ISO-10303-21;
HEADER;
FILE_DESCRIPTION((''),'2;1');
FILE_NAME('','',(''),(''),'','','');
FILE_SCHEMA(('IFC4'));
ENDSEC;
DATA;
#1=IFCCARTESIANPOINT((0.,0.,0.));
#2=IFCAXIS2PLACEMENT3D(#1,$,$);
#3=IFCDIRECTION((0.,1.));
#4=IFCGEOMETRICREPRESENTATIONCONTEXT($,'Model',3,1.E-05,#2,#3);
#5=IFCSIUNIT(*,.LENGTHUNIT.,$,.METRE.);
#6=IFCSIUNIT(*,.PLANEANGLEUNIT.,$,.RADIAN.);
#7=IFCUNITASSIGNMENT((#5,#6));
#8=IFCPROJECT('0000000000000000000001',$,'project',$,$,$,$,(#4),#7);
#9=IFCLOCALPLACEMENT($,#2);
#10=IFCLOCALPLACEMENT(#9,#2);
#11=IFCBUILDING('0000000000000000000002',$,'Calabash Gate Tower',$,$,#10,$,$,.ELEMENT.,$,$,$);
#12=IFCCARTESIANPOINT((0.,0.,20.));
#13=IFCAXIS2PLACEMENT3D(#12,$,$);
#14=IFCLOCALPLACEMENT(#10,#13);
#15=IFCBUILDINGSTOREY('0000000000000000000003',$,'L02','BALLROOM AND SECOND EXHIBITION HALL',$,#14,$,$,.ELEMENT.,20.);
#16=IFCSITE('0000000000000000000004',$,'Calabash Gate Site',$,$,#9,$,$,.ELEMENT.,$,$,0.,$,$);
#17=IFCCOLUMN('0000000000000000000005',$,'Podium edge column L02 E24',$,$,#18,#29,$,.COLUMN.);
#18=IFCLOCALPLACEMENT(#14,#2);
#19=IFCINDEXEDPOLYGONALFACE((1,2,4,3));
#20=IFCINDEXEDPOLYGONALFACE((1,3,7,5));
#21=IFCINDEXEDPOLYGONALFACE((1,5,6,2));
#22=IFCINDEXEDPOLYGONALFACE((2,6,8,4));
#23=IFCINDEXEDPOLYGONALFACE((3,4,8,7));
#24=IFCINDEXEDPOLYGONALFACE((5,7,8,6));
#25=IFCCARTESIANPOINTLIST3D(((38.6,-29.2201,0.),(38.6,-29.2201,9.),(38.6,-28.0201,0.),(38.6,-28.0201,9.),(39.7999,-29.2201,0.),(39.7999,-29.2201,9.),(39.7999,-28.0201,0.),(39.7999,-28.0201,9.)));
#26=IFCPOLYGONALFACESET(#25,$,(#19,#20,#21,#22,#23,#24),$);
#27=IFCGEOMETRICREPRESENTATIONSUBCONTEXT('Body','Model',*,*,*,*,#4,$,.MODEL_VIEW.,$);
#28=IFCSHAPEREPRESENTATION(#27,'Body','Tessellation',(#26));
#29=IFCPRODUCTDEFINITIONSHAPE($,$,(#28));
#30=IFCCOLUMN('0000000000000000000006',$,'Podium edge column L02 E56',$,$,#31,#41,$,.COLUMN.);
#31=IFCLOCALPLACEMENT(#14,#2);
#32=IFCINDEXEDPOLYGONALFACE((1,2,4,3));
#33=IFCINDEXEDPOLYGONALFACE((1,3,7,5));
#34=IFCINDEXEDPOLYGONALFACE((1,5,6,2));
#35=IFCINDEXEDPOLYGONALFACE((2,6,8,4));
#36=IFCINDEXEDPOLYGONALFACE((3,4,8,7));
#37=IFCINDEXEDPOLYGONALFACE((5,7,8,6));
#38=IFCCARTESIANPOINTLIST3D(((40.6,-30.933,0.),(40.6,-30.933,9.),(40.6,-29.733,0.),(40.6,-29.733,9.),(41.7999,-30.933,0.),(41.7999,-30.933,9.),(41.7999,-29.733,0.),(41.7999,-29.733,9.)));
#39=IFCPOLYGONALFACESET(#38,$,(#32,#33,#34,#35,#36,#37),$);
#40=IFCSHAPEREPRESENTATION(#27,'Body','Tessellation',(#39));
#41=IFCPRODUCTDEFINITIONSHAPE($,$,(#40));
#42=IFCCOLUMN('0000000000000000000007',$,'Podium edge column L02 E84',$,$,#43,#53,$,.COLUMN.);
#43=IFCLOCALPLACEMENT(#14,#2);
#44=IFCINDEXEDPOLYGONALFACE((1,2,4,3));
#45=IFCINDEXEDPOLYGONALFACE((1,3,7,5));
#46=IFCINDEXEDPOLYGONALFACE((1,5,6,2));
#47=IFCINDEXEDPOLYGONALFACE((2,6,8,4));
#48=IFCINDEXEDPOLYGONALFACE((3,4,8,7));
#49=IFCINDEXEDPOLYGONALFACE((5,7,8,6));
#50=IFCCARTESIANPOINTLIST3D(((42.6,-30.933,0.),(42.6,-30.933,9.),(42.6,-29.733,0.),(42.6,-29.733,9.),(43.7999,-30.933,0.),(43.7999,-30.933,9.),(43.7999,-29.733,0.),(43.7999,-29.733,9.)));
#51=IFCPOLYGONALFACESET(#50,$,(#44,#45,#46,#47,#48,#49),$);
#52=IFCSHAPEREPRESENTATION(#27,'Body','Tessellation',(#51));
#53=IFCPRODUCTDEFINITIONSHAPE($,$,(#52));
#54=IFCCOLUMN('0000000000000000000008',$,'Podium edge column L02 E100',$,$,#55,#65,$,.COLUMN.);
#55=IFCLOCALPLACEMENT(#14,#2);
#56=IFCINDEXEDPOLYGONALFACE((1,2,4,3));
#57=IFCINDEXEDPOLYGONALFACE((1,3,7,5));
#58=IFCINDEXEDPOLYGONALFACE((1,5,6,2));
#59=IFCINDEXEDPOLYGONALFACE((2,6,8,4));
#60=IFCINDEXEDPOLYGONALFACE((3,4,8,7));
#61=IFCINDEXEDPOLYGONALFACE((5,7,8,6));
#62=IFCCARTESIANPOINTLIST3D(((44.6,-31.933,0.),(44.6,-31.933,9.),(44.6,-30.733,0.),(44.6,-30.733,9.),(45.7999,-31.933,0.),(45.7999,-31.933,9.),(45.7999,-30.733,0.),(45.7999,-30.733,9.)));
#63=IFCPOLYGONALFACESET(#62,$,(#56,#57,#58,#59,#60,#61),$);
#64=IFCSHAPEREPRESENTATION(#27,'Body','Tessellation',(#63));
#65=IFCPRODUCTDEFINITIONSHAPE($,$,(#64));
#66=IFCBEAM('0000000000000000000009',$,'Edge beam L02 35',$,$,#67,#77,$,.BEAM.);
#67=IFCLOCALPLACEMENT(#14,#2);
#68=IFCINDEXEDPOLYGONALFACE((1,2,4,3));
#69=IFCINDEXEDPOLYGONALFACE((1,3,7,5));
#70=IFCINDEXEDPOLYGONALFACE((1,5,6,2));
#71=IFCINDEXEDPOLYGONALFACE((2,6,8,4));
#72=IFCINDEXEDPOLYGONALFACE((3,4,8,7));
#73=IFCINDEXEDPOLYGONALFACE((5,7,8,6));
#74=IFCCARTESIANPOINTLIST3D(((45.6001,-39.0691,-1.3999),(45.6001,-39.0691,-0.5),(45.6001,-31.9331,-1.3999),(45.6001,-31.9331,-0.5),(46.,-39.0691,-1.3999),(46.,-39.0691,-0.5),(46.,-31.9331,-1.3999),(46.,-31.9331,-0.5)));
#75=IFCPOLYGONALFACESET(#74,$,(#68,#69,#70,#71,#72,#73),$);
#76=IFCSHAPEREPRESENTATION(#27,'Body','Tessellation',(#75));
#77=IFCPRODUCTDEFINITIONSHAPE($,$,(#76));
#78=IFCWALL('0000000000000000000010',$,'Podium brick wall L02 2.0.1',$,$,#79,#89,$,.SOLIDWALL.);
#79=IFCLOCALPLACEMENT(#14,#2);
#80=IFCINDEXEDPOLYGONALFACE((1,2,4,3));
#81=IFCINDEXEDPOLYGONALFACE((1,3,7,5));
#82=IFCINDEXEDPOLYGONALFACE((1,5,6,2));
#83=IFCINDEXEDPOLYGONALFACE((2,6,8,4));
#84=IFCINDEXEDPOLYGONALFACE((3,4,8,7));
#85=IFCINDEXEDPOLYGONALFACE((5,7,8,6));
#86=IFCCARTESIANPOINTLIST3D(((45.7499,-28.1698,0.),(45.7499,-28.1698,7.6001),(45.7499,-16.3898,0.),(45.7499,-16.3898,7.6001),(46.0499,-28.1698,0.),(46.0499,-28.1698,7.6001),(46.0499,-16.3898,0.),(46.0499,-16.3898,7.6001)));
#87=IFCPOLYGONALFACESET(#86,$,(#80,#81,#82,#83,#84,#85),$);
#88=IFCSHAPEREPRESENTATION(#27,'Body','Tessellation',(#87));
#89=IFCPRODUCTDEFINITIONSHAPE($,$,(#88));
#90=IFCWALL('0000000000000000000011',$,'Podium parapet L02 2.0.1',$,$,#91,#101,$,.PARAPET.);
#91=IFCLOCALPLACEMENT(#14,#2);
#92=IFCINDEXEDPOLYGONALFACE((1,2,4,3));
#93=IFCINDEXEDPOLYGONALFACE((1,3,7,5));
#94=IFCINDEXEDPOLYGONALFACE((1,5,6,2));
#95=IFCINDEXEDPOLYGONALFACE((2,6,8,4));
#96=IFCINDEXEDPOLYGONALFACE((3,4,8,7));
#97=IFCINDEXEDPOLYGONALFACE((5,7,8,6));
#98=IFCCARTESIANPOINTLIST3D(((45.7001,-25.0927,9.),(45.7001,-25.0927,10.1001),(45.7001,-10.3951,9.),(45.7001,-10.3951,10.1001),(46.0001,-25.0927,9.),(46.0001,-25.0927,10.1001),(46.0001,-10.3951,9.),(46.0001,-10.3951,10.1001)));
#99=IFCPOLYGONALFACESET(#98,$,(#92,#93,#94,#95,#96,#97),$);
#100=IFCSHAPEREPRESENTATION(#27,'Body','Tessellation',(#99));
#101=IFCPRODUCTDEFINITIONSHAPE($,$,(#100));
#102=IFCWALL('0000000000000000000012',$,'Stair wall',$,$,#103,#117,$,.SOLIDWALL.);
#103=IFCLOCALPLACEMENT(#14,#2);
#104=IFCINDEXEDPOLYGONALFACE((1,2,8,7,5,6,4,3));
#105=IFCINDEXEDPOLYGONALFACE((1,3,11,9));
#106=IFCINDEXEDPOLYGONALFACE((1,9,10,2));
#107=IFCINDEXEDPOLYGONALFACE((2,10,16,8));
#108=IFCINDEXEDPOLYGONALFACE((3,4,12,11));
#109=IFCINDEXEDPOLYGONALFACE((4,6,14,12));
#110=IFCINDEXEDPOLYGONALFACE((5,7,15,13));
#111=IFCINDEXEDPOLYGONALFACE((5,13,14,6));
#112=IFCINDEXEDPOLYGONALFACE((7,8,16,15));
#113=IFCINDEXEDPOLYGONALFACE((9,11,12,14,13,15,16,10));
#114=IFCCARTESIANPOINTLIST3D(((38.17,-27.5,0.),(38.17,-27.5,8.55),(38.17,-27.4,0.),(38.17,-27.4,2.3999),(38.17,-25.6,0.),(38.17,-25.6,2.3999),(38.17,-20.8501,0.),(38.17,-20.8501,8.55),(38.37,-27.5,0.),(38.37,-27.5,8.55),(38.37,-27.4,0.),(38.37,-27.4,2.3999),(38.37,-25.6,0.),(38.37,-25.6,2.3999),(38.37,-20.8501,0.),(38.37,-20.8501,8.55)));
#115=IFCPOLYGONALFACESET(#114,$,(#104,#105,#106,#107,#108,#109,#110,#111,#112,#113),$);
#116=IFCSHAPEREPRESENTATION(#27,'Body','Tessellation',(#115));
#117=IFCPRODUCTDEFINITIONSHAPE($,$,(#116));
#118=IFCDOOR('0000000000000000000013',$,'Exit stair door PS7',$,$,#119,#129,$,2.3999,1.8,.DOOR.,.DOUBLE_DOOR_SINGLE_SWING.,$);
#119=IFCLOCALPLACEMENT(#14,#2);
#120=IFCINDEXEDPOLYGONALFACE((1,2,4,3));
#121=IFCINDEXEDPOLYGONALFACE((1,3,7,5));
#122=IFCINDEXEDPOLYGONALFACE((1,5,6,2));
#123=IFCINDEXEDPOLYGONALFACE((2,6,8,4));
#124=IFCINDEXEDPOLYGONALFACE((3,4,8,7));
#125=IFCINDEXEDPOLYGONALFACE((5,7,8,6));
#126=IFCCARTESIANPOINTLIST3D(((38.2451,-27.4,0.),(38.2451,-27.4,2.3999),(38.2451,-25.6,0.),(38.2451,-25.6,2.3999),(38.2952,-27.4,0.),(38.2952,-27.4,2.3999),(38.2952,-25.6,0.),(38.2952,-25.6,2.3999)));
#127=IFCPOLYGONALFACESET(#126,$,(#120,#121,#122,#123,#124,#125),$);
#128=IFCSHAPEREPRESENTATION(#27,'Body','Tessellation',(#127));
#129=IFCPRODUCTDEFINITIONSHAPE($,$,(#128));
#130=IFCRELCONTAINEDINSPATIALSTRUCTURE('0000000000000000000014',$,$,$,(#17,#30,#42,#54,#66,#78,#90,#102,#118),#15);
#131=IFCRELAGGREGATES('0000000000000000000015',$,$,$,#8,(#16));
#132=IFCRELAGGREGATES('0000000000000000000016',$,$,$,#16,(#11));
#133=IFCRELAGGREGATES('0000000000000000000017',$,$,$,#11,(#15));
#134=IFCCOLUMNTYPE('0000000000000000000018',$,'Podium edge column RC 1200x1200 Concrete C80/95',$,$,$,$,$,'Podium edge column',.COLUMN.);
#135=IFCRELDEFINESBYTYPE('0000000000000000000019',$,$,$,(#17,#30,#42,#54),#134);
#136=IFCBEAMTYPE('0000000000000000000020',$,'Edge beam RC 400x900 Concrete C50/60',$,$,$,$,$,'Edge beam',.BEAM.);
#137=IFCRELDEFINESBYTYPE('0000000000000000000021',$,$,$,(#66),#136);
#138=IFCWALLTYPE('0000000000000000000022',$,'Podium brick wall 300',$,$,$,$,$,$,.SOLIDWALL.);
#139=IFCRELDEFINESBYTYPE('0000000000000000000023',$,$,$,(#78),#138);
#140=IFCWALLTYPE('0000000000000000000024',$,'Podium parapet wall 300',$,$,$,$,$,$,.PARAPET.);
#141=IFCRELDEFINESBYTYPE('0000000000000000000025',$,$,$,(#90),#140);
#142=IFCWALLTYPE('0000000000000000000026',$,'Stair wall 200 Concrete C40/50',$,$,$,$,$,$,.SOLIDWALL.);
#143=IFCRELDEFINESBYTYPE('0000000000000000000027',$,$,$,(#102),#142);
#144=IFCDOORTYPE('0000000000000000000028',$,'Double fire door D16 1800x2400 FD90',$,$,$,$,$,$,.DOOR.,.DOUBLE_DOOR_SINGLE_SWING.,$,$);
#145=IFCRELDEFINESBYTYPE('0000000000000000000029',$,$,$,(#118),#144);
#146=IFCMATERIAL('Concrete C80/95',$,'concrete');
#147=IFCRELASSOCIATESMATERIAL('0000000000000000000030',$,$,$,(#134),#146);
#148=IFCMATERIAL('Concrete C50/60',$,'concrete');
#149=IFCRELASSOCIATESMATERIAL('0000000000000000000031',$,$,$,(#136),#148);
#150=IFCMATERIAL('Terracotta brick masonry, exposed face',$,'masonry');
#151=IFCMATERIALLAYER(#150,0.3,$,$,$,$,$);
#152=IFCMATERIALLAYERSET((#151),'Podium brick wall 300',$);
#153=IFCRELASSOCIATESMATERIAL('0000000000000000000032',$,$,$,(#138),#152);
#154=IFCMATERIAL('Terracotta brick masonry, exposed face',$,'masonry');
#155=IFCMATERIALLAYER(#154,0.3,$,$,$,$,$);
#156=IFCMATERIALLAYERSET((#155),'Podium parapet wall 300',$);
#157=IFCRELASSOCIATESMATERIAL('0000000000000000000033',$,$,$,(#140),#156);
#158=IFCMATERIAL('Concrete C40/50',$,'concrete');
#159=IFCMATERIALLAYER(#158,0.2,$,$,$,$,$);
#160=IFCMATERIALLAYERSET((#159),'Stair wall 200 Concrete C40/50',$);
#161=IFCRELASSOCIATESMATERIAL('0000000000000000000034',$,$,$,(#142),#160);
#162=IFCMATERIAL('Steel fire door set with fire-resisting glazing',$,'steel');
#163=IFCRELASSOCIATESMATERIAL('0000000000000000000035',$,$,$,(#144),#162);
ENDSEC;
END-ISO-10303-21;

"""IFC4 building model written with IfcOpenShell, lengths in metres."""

from ifc_helpers import new_model, si_unit, direction, frame, frame_2d, origin, origin_2d, place, context, subcontext, project, spatial, rectangle, extrude, material, layer, layer_set, material_profile, profile_set, type_object, element, fill, save


model = new_model("IFC4")

# Units and contexts
model_context = context("Model", 3, precision=1e-05, world=origin(), true_north=direction((0.0, 1.0)))
body_context = subcontext(model_context, "Body", "Model", "MODEL_VIEW")
ifc_project = project(units=[si_unit("LENGTHUNIT", "METRE"), si_unit("PLANEANGLEUNIT", "RADIAN")], contexts=[model_context])

# Site, building, storey
site_placement = place(None, origin())
site = spatial("IfcSite", under=ifc_project, at=site_placement, Name="Calabash Gate Site", CompositionType="ELEMENT", RefElevation=0.0)
building_placement = place(site_placement, origin())
building = spatial("IfcBuilding", under=site, at=building_placement, Name="Calabash Gate Tower", CompositionType="ELEMENT")
storey_placement = place(building_placement, frame((0.0, 0.0, 20.0)))
storey = spatial("IfcBuildingStorey", under=building, at=storey_placement, Name="L02", Description="BALLROOM AND SECOND EXHIBITION HALL", CompositionType="ELEMENT", Elevation=20.0)

# Columns
ifc_material_1 = material(Name="Concrete C80/95", Category="concrete")
ifc_material_profile_1 = material_profile(ifc_material_1, rectangle(XDim=1.2, YDim=1.2, at=origin_2d()))
ifc_profile_set_1 = profile_set([ifc_material_profile_1], Name="Concrete C80/95")
column_type = type_object("IfcColumnType", Name="Podium edge column RC 1200x1200 Concrete C80/95", ElementType="Podium edge column", PredefinedType="COLUMN", material=ifc_profile_set_1)
for number, where, z_axis, x_axis, name in (
    (1, (39.2, -28.6201, 0.0), (0.0, 0.0, 1.0), (1.0, 0.0, 0.0), "Podium edge column L02 E24"),
    (2, (41.2, -30.333, 0.0), (0.0, 0.0, 1.0), (1.0, 0.0, 0.0), "Podium edge column L02 E56"),
    (3, (43.2, -30.333, 0.0), (0.0, 0.0, 1.0), (1.0, 0.0, 0.0), "Podium edge column L02 E84"),
    (4, (45.2, -31.333, 0.0), (0.0, 0.0, 1.0), (1.0, 0.0, 0.0), "Podium edge column L02 E100"),
):
    element("IfcColumn", number, at=place(storey_placement, frame(where, z_axis=z_axis, x_axis=x_axis)), inside=storey, type_object=column_type, Name=name, PredefinedType="COLUMN", context=body_context, shape_type="SweptSolid", body=[
        extrude(rectangle(XDim=1.2, YDim=1.2, at=origin_2d()), origin(), (0.0, 0.0, 1.0), 9.0),
    ])

# Beam
ifc_material_2 = material(Name="Concrete C50/60", Category="concrete")
ifc_material_profile_2 = material_profile(ifc_material_2, rectangle(XDim=0.3999, YDim=0.8999, at=origin_2d()))
ifc_profile_set_2 = profile_set([ifc_material_profile_2], Name="Concrete C50/60")
beam_type = type_object("IfcBeamType", Name="Edge beam RC 400x900 Concrete C50/60", ElementType="Edge beam", PredefinedType="BEAM", material=ifc_profile_set_2)
beam_placement = place(storey_placement, frame((45.8, -31.9331, -0.95), z_axis=(0.0, -1.0, 0.0), x_axis=(1.0, 0.0, 0.0)))
element("IfcBeam", 5, at=beam_placement, inside=storey, type_object=beam_type, Name="Edge beam L02 35", PredefinedType="BEAM", context=body_context, shape_type="SweptSolid", body=[
    extrude(rectangle(XDim=0.3999, YDim=0.8999, at=origin_2d()), origin(), (0.0, 0.0, 1.0), 7.136),
])

# Walls
ifc_material_3 = material(Name="Terracotta brick masonry, exposed face", Category="masonry")
ifc_layer_1 = layer(ifc_material_3, 0.3)
ifc_layer_set_1 = layer_set([ifc_layer_1], Name="Podium brick wall 300")
wall_type_1 = type_object("IfcWallType", Name="Podium brick wall 300", PredefinedType="SOLIDWALL", material=ifc_layer_set_1)
wall_1_placement = place(storey_placement, frame((45.8999, -28.1699, 0.0), z_axis=(0.0, 0.0, 1.0), x_axis=(0.0, 1.0, 0.0)))
element("IfcWall", 6, at=wall_1_placement, inside=storey, type_object=wall_type_1, Name="Podium brick wall L02 2.0.1", PredefinedType="SOLIDWALL", context=body_context, shape_type="SweptSolid", body=[
    extrude(rectangle(XDim=11.78, YDim=0.3, at=frame_2d((5.8901, 0.0))), origin(), (0.0, 0.0, 1.0), 7.6001),
])
ifc_material_4 = material(Name="Terracotta brick masonry, exposed face", Category="masonry")
ifc_layer_2 = layer(ifc_material_4, 0.3)
ifc_layer_set_2 = layer_set([ifc_layer_2], Name="Podium parapet wall 300")
wall_type_2 = type_object("IfcWallType", Name="Podium parapet wall 300", PredefinedType="PARAPET", material=ifc_layer_set_2)
wall_2_placement = place(storey_placement, frame((45.8501, -25.0925, 9.0), z_axis=(0.0, 0.0, 1.0), x_axis=(0.0, 1.0, 0.0)))
element("IfcWall", 7, at=wall_2_placement, inside=storey, type_object=wall_type_2, Name="Podium parapet L02 2.0.1", PredefinedType="PARAPET", context=body_context, shape_type="SweptSolid", body=[
    extrude(rectangle(XDim=14.6975, YDim=0.3, at=frame_2d((7.3486, 0.0))), origin(), (0.0, 0.0, 1.0), 1.1001),
])

# Wall, opening, door
ifc_material_5 = material(Name="Concrete C40/50", Category="concrete")
ifc_layer_3 = layer(ifc_material_5, 0.2)
ifc_layer_set_3 = layer_set([ifc_layer_3], Name="Stair wall 200 Concrete C40/50")
wall_type_3 = type_object("IfcWallType", Name="Stair wall 200 Concrete C40/50", PredefinedType="SOLIDWALL", material=ifc_layer_set_3)
wall_3_placement = place(storey_placement, frame((38.27, -27.5, 0.0), z_axis=(0.0, 0.0, 1.0), x_axis=(0.0, 1.0, 0.0)))
wall_3 = element("IfcWall", 8, at=wall_3_placement, inside=storey, type_object=wall_type_3, Name="Stair wall", PredefinedType="SOLIDWALL", context=body_context, shape_type="SweptSolid", body=[
    extrude(rectangle(XDim=6.6499, YDim=0.2, at=frame_2d((3.325, 0.0))), origin(), (0.0, 0.0, 1.0), 8.55),
])
opening_placement = place(wall_3_placement, frame((0.1001, 0.0, 0.0)))
opening = element("IfcOpeningElement", 9, at=opening_placement, cuts=wall_3, PredefinedType="OPENING", context=body_context, shape_type="SweptSolid", body=[
    extrude(rectangle(XDim=1.8, YDim=2.3999, at=frame_2d((0.8999, 1.2))), frame((0.0, 0.1099, 0.0), z_axis=(0.0, -1.0, 0.0), x_axis=(1.0, 0.0, 0.0)), (0.0, 0.0, 1.0), 0.22),
])
ifc_material_6 = material(Name="Steel fire door set with fire-resisting glazing", Category="steel")
door_type = type_object("IfcDoorType", Name="Double fire door D16 1800x2400 FD90", OperationType="DOUBLE_DOOR_SINGLE_SWING", PredefinedType="DOOR", material=ifc_material_6)
door_placement = place(opening_placement, origin())
door = element("IfcDoor", 10, at=door_placement, inside=storey, type_object=door_type, Name="Exit stair door PS7", OperationType="DOUBLE_DOOR_SINGLE_SWING", OverallHeight=2.3999, OverallWidth=1.8, PredefinedType="DOOR", context=body_context, shape_type="SweptSolid", body=[
    extrude(rectangle(XDim=1.8, YDim=2.3999, at=frame_2d((0.8999, 1.2))), frame((0.0, 0.0249, 0.0), z_axis=(0.0, -1.0, 0.0), x_axis=(1.0, 0.0, 0.0)), (0.0, 0.0, 1.0), 0.05),
])
fill(opening, door)

save(model, "model.ifc")
